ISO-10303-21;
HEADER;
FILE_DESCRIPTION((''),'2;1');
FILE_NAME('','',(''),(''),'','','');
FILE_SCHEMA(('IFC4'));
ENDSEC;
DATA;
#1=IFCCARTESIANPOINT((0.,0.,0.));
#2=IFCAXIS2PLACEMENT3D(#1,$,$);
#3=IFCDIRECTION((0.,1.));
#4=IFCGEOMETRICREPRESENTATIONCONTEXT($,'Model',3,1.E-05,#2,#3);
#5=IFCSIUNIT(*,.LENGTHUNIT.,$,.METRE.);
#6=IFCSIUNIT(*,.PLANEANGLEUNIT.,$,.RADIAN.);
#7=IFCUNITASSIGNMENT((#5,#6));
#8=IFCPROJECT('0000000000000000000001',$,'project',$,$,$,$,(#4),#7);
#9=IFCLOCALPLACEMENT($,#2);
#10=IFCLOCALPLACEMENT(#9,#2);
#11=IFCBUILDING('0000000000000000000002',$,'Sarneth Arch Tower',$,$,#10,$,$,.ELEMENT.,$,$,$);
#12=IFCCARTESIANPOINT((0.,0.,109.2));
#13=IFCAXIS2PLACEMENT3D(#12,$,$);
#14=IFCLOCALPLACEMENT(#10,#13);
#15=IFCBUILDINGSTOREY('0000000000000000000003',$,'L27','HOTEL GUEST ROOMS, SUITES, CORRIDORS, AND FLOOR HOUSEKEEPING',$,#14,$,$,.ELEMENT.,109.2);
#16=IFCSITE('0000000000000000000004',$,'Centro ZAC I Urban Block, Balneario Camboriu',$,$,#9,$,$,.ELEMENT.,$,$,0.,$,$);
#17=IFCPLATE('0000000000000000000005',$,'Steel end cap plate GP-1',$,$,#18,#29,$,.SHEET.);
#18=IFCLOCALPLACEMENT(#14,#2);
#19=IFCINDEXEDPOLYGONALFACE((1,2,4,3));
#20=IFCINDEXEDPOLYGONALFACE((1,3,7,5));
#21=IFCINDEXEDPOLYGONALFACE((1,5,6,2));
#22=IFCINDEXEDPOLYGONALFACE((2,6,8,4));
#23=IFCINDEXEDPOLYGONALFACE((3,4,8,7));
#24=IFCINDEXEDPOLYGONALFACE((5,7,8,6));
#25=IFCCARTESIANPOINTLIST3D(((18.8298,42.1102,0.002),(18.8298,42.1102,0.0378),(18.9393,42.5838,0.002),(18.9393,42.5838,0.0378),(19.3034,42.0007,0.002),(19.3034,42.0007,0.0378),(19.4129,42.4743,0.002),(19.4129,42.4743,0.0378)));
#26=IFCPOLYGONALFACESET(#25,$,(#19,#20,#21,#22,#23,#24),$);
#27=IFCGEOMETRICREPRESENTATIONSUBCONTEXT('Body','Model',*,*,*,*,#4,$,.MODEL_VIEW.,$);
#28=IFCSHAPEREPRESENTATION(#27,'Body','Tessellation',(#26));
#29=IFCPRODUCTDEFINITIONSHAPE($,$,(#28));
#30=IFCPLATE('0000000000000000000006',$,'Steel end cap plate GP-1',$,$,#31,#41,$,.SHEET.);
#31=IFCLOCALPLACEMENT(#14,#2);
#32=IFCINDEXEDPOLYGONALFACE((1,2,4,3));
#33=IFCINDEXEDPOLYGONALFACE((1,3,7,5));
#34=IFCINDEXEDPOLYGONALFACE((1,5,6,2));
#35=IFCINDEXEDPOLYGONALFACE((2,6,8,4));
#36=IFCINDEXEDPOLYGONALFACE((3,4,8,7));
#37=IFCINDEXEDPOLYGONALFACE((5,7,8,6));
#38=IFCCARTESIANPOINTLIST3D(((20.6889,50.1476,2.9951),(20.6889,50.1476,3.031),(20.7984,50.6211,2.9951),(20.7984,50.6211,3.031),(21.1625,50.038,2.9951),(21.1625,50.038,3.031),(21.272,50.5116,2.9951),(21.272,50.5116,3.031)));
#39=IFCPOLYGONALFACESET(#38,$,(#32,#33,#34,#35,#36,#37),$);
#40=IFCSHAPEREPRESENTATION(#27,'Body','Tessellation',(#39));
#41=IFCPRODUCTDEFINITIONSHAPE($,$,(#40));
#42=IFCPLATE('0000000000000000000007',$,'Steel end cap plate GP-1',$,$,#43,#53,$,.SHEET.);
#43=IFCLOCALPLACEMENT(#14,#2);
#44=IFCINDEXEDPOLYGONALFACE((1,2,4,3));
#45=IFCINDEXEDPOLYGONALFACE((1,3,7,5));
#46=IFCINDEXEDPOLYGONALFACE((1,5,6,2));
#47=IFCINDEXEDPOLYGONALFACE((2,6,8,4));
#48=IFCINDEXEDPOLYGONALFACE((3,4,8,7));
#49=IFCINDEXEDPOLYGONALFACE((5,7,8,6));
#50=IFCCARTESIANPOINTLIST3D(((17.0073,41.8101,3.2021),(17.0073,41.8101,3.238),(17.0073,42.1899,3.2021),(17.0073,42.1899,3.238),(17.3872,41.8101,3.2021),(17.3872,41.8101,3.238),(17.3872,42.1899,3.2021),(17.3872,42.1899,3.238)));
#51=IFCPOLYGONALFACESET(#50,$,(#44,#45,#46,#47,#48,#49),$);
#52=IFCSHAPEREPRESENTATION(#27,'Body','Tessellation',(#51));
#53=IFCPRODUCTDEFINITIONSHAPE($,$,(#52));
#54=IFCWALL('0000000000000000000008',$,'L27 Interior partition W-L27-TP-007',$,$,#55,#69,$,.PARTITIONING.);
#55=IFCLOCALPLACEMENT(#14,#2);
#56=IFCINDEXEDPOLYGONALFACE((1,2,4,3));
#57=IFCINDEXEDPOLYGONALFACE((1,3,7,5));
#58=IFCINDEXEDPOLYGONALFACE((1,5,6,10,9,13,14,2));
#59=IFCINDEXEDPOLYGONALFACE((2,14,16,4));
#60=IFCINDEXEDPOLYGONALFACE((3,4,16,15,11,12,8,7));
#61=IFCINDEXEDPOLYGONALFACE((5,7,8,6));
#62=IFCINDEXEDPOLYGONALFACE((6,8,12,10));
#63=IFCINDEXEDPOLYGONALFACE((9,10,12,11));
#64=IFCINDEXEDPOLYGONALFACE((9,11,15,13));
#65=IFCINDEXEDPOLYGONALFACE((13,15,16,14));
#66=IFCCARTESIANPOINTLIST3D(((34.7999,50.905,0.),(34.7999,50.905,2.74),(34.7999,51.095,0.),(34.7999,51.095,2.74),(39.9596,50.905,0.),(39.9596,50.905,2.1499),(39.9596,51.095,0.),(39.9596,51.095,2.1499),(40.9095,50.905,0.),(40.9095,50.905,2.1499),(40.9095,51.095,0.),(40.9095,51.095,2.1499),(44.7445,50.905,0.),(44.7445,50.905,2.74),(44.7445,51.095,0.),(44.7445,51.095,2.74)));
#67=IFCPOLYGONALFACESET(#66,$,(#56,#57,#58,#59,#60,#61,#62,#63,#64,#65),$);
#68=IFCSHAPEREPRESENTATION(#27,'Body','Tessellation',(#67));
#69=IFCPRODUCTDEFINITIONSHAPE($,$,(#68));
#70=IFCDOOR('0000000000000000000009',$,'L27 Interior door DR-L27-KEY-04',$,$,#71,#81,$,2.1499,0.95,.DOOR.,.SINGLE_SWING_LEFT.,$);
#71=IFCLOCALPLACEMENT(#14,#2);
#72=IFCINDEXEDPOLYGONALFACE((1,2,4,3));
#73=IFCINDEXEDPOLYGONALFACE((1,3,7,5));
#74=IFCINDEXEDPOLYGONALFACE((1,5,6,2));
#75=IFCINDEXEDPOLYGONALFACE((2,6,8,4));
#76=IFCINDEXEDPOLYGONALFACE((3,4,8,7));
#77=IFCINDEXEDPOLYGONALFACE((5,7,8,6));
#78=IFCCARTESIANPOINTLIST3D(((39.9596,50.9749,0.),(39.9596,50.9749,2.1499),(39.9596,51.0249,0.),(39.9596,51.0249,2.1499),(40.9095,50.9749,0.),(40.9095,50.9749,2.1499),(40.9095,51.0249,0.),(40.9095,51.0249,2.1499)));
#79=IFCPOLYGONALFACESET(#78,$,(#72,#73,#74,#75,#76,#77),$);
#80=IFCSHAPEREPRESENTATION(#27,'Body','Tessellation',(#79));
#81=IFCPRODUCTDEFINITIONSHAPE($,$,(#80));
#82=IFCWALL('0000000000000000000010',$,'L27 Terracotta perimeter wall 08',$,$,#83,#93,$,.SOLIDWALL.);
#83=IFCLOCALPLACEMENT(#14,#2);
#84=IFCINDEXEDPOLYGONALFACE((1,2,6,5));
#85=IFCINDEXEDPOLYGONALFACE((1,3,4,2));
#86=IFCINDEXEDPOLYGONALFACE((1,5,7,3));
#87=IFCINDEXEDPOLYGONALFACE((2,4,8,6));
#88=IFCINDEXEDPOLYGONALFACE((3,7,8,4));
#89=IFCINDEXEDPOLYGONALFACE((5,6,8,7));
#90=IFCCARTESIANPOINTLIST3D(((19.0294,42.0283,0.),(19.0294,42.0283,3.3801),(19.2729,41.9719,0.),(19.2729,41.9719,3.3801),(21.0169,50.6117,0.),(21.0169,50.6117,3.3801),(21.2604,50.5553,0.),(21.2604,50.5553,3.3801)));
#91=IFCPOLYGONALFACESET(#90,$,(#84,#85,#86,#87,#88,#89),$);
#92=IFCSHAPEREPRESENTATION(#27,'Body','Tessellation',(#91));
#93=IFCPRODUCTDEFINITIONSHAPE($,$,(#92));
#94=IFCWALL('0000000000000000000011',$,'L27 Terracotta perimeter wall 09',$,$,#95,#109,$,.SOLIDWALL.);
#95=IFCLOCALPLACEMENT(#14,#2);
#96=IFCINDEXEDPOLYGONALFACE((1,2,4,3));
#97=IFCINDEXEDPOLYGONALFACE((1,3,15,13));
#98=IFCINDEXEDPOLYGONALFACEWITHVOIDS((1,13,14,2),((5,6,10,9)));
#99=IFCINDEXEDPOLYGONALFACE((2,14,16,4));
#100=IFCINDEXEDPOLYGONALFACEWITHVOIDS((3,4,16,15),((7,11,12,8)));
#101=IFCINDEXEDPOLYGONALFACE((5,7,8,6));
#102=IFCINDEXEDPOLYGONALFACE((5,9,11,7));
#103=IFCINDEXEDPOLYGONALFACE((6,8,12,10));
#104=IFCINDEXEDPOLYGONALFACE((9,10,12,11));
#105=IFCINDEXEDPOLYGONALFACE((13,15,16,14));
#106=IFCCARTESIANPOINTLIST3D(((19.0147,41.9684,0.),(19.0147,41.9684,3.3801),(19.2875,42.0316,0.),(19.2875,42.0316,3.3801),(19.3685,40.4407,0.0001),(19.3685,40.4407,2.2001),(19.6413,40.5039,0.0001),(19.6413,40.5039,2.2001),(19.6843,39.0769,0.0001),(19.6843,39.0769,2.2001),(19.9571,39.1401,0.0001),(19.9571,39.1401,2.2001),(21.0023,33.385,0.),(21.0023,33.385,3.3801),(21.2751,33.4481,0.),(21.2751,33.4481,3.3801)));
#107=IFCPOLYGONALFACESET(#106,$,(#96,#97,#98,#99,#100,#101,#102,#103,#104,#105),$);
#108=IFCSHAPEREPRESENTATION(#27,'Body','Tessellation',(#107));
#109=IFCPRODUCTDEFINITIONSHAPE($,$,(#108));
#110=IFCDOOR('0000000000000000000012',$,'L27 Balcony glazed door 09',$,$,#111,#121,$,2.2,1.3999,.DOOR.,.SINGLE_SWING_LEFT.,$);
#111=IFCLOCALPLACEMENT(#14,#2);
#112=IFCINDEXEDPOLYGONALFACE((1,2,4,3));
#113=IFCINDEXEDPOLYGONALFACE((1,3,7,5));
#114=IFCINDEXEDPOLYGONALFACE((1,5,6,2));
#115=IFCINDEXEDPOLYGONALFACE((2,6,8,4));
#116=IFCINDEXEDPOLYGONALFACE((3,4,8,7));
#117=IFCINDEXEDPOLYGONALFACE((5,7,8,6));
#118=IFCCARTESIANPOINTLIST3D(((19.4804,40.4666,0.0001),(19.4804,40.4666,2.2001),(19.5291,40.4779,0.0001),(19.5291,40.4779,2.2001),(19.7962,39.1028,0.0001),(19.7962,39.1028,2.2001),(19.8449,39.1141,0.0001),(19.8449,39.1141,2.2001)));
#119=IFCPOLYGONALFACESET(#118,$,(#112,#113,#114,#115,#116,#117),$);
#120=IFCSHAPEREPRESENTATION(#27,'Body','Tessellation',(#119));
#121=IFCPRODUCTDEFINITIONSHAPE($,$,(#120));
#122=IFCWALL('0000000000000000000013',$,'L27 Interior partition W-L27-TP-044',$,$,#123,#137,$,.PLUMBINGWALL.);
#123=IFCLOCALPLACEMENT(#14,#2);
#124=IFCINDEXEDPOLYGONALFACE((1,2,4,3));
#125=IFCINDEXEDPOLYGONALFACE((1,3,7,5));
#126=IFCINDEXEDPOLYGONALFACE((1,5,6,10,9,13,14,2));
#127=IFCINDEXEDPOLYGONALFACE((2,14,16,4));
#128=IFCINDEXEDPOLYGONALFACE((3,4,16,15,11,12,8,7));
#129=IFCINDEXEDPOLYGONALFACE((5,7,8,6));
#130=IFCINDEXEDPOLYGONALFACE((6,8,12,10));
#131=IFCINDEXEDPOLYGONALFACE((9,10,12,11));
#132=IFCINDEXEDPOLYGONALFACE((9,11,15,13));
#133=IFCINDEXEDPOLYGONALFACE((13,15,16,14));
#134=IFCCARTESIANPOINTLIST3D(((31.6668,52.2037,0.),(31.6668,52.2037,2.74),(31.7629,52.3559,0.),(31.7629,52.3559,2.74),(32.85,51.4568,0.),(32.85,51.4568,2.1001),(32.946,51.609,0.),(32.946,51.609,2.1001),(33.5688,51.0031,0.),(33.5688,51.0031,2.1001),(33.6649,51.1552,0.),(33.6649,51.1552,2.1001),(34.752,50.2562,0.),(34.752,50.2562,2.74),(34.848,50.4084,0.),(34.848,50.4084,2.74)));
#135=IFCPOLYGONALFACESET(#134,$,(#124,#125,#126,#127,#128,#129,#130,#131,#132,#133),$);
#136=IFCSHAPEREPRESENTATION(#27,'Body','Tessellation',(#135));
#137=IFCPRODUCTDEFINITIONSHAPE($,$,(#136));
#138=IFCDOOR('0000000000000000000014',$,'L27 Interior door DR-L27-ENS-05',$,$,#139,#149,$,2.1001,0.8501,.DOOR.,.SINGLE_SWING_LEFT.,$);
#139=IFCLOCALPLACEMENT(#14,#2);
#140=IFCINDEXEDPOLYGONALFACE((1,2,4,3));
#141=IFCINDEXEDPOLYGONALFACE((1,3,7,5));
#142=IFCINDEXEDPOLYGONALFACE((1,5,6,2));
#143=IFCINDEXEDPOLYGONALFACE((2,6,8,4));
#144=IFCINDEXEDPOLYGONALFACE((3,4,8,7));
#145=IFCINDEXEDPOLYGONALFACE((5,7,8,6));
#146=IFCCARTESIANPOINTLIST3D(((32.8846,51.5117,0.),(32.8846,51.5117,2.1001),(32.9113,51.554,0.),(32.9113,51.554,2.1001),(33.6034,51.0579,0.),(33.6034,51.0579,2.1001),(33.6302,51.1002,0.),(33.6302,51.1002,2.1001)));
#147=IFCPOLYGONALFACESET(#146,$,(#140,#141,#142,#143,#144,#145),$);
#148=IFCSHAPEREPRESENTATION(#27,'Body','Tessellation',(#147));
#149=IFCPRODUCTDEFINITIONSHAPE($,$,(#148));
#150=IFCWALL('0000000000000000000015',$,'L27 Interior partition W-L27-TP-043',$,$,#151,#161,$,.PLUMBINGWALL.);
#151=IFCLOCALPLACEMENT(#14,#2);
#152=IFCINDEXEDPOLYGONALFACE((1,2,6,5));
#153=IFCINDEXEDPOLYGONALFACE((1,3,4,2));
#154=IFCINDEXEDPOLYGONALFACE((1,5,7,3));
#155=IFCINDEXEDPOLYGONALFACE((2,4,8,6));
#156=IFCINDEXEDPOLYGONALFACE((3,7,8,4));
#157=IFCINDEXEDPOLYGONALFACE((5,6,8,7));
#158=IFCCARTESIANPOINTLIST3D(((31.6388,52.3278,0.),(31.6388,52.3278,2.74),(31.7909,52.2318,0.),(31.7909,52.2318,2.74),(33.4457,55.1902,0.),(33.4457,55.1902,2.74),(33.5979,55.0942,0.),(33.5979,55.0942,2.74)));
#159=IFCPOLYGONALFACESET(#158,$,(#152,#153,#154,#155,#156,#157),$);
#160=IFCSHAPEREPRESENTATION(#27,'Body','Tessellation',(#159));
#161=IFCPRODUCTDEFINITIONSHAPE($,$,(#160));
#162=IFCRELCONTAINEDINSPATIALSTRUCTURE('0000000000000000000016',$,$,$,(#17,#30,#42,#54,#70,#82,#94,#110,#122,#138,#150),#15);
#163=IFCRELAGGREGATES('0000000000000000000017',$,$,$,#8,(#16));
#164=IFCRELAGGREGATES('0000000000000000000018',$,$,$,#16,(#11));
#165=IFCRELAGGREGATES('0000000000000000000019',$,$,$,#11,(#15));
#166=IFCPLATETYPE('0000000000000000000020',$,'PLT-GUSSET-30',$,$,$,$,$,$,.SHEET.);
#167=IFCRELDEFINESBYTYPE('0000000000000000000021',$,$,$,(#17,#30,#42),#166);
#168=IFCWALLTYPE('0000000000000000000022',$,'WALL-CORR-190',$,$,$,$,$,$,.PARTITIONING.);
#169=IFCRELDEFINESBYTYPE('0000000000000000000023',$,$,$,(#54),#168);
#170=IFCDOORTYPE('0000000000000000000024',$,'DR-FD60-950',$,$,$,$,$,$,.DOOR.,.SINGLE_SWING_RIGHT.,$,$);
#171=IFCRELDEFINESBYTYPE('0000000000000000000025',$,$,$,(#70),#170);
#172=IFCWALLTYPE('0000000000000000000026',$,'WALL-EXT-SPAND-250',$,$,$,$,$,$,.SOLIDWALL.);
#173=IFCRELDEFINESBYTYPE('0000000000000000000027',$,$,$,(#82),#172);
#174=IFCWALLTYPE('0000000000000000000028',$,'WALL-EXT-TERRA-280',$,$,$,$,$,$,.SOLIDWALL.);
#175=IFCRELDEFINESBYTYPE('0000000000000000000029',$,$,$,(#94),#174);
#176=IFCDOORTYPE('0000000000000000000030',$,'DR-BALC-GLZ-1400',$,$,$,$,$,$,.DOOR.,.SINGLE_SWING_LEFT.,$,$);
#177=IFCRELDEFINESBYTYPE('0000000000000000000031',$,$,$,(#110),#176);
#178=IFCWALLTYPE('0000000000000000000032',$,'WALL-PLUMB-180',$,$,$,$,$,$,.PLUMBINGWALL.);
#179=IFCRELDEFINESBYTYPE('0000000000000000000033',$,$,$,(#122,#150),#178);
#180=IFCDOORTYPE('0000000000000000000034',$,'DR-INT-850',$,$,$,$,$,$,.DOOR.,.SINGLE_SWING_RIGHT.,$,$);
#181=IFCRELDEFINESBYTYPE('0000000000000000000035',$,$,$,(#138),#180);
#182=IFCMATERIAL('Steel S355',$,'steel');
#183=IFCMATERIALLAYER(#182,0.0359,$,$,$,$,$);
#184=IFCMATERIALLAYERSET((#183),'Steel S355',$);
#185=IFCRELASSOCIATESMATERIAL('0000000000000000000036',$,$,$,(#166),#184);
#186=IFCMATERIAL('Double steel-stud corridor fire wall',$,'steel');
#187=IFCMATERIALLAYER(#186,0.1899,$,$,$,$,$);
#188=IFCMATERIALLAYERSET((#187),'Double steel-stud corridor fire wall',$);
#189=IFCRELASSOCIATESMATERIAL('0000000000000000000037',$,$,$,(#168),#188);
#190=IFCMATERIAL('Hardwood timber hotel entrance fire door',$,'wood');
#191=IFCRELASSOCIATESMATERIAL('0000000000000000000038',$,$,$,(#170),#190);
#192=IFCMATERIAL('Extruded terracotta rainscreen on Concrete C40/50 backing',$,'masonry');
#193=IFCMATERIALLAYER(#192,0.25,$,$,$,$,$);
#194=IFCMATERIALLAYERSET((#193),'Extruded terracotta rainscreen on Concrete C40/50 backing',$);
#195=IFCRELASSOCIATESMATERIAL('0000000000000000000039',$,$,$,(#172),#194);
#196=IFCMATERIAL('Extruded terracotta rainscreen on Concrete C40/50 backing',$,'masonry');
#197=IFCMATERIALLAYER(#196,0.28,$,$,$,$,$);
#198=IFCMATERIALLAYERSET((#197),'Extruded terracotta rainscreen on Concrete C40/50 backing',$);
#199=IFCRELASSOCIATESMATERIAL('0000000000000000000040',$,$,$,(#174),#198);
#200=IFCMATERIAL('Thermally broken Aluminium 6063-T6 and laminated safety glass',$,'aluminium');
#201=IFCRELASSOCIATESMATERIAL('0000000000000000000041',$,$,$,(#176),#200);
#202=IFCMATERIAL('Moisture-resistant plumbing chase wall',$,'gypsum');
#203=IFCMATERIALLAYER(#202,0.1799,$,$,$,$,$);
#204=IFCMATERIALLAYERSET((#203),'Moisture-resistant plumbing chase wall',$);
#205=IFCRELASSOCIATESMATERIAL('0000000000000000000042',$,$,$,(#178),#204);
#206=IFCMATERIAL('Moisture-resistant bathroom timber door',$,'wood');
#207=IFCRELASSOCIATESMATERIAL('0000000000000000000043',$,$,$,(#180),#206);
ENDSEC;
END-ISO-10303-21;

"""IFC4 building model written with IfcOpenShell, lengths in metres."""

from ifc_helpers import new_model, si_unit, direction, frame, frame_2d, origin, origin_2d, place, context, subcontext, project, spatial, rectangle, extrude, material, layer, layer_set, type_object, element, fill, save


model = new_model("IFC4")

# Units and contexts
model_context = context("Model", 3, precision=1e-05, world=origin(), true_north=direction((0.0, 1.0)))
body_context = subcontext(model_context, "Body", "Model", "MODEL_VIEW")
ifc_project = project(units=[si_unit("LENGTHUNIT", "METRE"), si_unit("PLANEANGLEUNIT", "RADIAN")], contexts=[model_context])

# Site, building, storey
site_placement = place(None, origin())
site = spatial("IfcSite", under=ifc_project, at=site_placement, Name="Centro ZAC I Urban Block, Balneario Camboriu", CompositionType="ELEMENT", RefElevation=0.0)
building_placement = place(site_placement, origin())
building = spatial("IfcBuilding", under=site, at=building_placement, Name="Sarneth Arch Tower", CompositionType="ELEMENT")
storey_placement = place(building_placement, frame((0.0, 0.0, 109.2)))
storey = spatial("IfcBuildingStorey", under=building, at=storey_placement, Name="L27", Description="HOTEL GUEST ROOMS, SUITES, CORRIDORS, AND FLOOR HOUSEKEEPING", CompositionType="ELEMENT", Elevation=109.2)

# Plates
ifc_material_1 = material(Name="Steel S355", Category="steel")
ifc_layer_1 = layer(ifc_material_1, 0.0359)
ifc_layer_set_1 = layer_set([ifc_layer_1], Name="Steel S355")
plate_type = type_object("IfcPlateType", Name="PLT-GUSSET-30", PredefinedType="SHEET", material=ifc_layer_set_1)
for number, where, z_axis, x_axis, name in (
    (1, (19.1213, 42.2922, 0.002), (0.0, 0.0, 1.0), (-0.225291, -0.974291, 0.0), "Steel end cap plate GP-1"),
    (2, (20.9805, 50.3296, 2.9951), (0.0, 0.0, 1.0), (-0.225291, -0.974291, 0.0), "Steel end cap plate GP-1"),
):
    element("IfcPlate", number, at=place(storey_placement, frame(where, z_axis=z_axis, x_axis=x_axis)), inside=storey, type_object=plate_type, Name=name, PredefinedType="SHEET", context=body_context, shape_type="SweptSolid", body=[
        extrude(rectangle(XDim=0.4861, YDim=0.4861, at=origin_2d()), origin(), (0.0, 0.0, 1.0), 0.0359),
    ])
plate_placement = place(storey_placement, frame((17.1973, 42.0, 3.2021), z_axis=(0.0, 0.0, 1.0), x_axis=(-1.0, 0.0, 0.0)))
element("IfcPlate", 3, at=plate_placement, inside=storey, type_object=plate_type, Name="Steel end cap plate GP-1", PredefinedType="SHEET", context=body_context, shape_type="SweptSolid", body=[
    extrude(rectangle(XDim=0.3799, YDim=0.3799, at=origin_2d()), origin(), (0.0, 0.0, 1.0), 0.0359),
])

# Wall, opening, door
ifc_material_2 = material(Name="Double steel-stud corridor fire wall", Category="steel")
ifc_layer_2 = layer(ifc_material_2, 0.1899)
ifc_layer_set_2 = layer_set([ifc_layer_2], Name="Double steel-stud corridor fire wall")
wall_type_1 = type_object("IfcWallType", Name="WALL-CORR-190", PredefinedType="PARTITIONING", material=ifc_layer_set_2)
wall_1_placement = place(storey_placement, frame((34.8, 51.0, 0.0), z_axis=(0.0, 0.0, 1.0), x_axis=(1.0, 0.0, 0.0)))
wall_1 = element("IfcWall", 4, at=wall_1_placement, inside=storey, type_object=wall_type_1, Name="L27 Interior partition W-L27-TP-007", PredefinedType="PARTITIONING", context=body_context, shape_type="SweptSolid", body=[
    extrude(rectangle(XDim=9.9446, YDim=0.1899, at=frame_2d((4.9722, 0.0))), origin(), (0.0, 0.0, 1.0), 2.74),
])
opening_1_placement = place(wall_1_placement, frame((5.1594, 0.0, 0.0)))
opening_1 = element("IfcOpeningElement", 5, at=opening_1_placement, cuts=wall_1, PredefinedType="OPENING", context=body_context, shape_type="SweptSolid", body=[
    extrude(rectangle(XDim=0.95, YDim=2.1499, at=frame_2d((0.4751, 1.075))), frame((0.0, 0.105, 0.0), z_axis=(0.0, -1.0, 0.0), x_axis=(1.0, 0.0, 0.0)), (0.0, 0.0, 1.0), 0.21),
])
ifc_material_3 = material(Name="Hardwood timber hotel entrance fire door", Category="wood")
door_type_1 = type_object("IfcDoorType", Name="DR-FD60-950", OperationType="SINGLE_SWING_RIGHT", PredefinedType="DOOR", material=ifc_material_3)
door_1_placement = place(opening_1_placement, origin())
door_1 = element("IfcDoor", 6, at=door_1_placement, inside=storey, type_object=door_type_1, Name="L27 Interior door DR-L27-KEY-04", OperationType="SINGLE_SWING_LEFT", OverallHeight=2.1499, OverallWidth=0.95, PredefinedType="DOOR", context=body_context, shape_type="SweptSolid", body=[
    extrude(rectangle(XDim=0.95, YDim=2.1499, at=frame_2d((0.4751, 1.075))), frame((0.0, 0.0249, 0.0), z_axis=(0.0, -1.0, 0.0), x_axis=(1.0, 0.0, 0.0)), (0.0, 0.0, 1.0), 0.05),
])
fill(opening_1, door_1)

# Wall
ifc_material_4 = material(Name="Extruded terracotta rainscreen on Concrete C40/50 backing", Category="masonry")
ifc_layer_3 = layer(ifc_material_4, 0.25)
ifc_layer_set_3 = layer_set([ifc_layer_3], Name="Extruded terracotta rainscreen on Concrete C40/50 backing")
wall_type_2 = type_object("IfcWallType", Name="WALL-EXT-SPAND-250", PredefinedType="SOLIDWALL", material=ifc_layer_set_3)
wall_2_placement = place(storey_placement, frame((21.1387, 50.5835, 0.0), z_axis=(0.0, 0.0, 1.0), x_axis=(-0.225586, -0.974223, 0.0)))
element("IfcWall", 7, at=wall_2_placement, inside=storey, type_object=wall_type_2, Name="L27 Terracotta perimeter wall 08", PredefinedType="SOLIDWALL", context=body_context, shape_type="SweptSolid", body=[
    extrude(rectangle(XDim=8.8105, YDim=0.25, at=frame_2d((4.4053, 0.0))), origin(), (0.0, 0.0, 1.0), 3.3801),
])

# Walls, openings, doors
ifc_material_5 = material(Name="Extruded terracotta rainscreen on Concrete C40/50 backing", Category="masonry")
ifc_layer_4 = layer(ifc_material_5, 0.28)
ifc_layer_set_4 = layer_set([ifc_layer_4], Name="Extruded terracotta rainscreen on Concrete C40/50 backing")
wall_type_3 = type_object("IfcWallType", Name="WALL-EXT-TERRA-280", PredefinedType="SOLIDWALL", material=ifc_layer_set_4)
wall_3_placement = place(storey_placement, frame((19.1511, 42.0, 0.0), z_axis=(0.0, 0.0, 1.0), x_axis=(0.225586, -0.974223, 0.0)))
wall_3 = element("IfcWall", 8, at=wall_3_placement, inside=storey, type_object=wall_type_3, Name="L27 Terracotta perimeter wall 09", PredefinedType="SOLIDWALL", context=body_context, shape_type="SweptSolid", body=[
    extrude(rectangle(XDim=8.8105, YDim=0.28, at=frame_2d((4.4053, 0.0))), origin(), (0.0, 0.0, 1.0), 3.3801),
])
opening_2_placement = place(wall_3_placement, frame((1.5681, 0.0, 0.0)))
opening_2 = element("IfcOpeningElement", 9, at=opening_2_placement, cuts=wall_3, PredefinedType="OPENING", context=body_context, shape_type="SweptSolid", body=[
    extrude(rectangle(XDim=1.3999, YDim=2.2, at=frame_2d((0.7, 1.1001))), frame((0.0, 0.1499, 0.0), z_axis=(0.0, -1.0, 0.0), x_axis=(1.0, 0.0, 0.0)), (0.0, 0.0, 1.0), 0.3),
])
ifc_material_6 = material(Name="Thermally broken Aluminium 6063-T6 and laminated safety glass", Category="aluminium")
door_type_2 = type_object("IfcDoorType", Name="DR-BALC-GLZ-1400", OperationType="SINGLE_SWING_LEFT", PredefinedType="DOOR", material=ifc_material_6)
door_2_placement = place(opening_2_placement, origin())
door_2 = element("IfcDoor", 10, at=door_2_placement, inside=storey, type_object=door_type_2, Name="L27 Balcony glazed door 09", OperationType="SINGLE_SWING_LEFT", OverallHeight=2.2, OverallWidth=1.3999, PredefinedType="DOOR", context=body_context, shape_type="SweptSolid", body=[
    extrude(rectangle(XDim=1.3999, YDim=2.2, at=frame_2d((0.7, 1.1001))), frame((0.0, 0.0249, 0.0), z_axis=(0.0, -1.0, 0.0), x_axis=(1.0, 0.0, 0.0)), (0.0, 0.0, 1.0), 0.05),
])
fill(opening_2, door_2)
ifc_material_7 = material(Name="Moisture-resistant plumbing chase wall", Category="gypsum")
ifc_layer_5 = layer(ifc_material_7, 0.1799)
ifc_layer_set_5 = layer_set([ifc_layer_5], Name="Moisture-resistant plumbing chase wall")
wall_type_4 = type_object("IfcWallType", Name="WALL-PLUMB-180", PredefinedType="PLUMBINGWALL", material=ifc_layer_set_5)
wall_4_placement = place(storey_placement, frame((31.7148, 52.2798, 0.0), z_axis=(0.0, 0.0, 1.0), x_axis=(0.845618, -0.533789, 0.0)))
wall_4 = element("IfcWall", 11, at=wall_4_placement, inside=storey, type_object=wall_type_4, Name="L27 Interior partition W-L27-TP-044", PredefinedType="PLUMBINGWALL", context=body_context, shape_type="SweptSolid", body=[
    extrude(rectangle(XDim=3.6484, YDim=0.1799, at=frame_2d((1.8242, 0.0))), origin(), (0.0, 0.0, 1.0), 2.74),
])
opening_3_placement = place(wall_4_placement, frame((1.3992, 0.0, 0.0)))
opening_3 = element("IfcOpeningElement", 12, at=opening_3_placement, cuts=wall_4, PredefinedType="OPENING", context=body_context, shape_type="SweptSolid", body=[
    extrude(rectangle(XDim=0.8501, YDim=2.1001, at=frame_2d((0.425, 1.05))), frame((0.0, 0.0999, 0.0), z_axis=(0.0, -1.0, 0.0), x_axis=(1.0, 0.0, 0.0)), (0.0, 0.0, 1.0), 0.2),
])
ifc_material_8 = material(Name="Moisture-resistant bathroom timber door", Category="wood")
door_type_3 = type_object("IfcDoorType", Name="DR-INT-850", OperationType="SINGLE_SWING_RIGHT", PredefinedType="DOOR", material=ifc_material_8)
door_3_placement = place(opening_3_placement, origin())
door_3 = element("IfcDoor", 13, at=door_3_placement, inside=storey, type_object=door_type_3, Name="L27 Interior door DR-L27-ENS-05", OperationType="SINGLE_SWING_LEFT", OverallHeight=2.1001, OverallWidth=0.8501, PredefinedType="DOOR", context=body_context, shape_type="SweptSolid", body=[
    extrude(rectangle(XDim=0.8501, YDim=2.1001, at=frame_2d((0.425, 1.05))), frame((0.0, 0.0249, 0.0), z_axis=(0.0, -1.0, 0.0), x_axis=(1.0, 0.0, 0.0)), (0.0, 0.0, 1.0), 0.05),
])
fill(opening_3, door_3)

# Wall
wall_5_placement = place(storey_placement, frame((33.5217, 55.1421, 0.0), z_axis=(0.0, 0.0, 1.0), x_axis=(-0.533806, -0.845607, 0.0)))
element("IfcWall", 14, at=wall_5_placement, inside=storey, type_object=wall_type_4, Name="L27 Interior partition W-L27-TP-043", PredefinedType="PLUMBINGWALL", context=body_context, shape_type="SweptSolid", body=[
    extrude(rectangle(XDim=3.385, YDim=0.1799, at=frame_2d((1.6924, 0.0))), origin(), (0.0, 0.0, 1.0), 2.74),
])

save(model, "model.ifc")
